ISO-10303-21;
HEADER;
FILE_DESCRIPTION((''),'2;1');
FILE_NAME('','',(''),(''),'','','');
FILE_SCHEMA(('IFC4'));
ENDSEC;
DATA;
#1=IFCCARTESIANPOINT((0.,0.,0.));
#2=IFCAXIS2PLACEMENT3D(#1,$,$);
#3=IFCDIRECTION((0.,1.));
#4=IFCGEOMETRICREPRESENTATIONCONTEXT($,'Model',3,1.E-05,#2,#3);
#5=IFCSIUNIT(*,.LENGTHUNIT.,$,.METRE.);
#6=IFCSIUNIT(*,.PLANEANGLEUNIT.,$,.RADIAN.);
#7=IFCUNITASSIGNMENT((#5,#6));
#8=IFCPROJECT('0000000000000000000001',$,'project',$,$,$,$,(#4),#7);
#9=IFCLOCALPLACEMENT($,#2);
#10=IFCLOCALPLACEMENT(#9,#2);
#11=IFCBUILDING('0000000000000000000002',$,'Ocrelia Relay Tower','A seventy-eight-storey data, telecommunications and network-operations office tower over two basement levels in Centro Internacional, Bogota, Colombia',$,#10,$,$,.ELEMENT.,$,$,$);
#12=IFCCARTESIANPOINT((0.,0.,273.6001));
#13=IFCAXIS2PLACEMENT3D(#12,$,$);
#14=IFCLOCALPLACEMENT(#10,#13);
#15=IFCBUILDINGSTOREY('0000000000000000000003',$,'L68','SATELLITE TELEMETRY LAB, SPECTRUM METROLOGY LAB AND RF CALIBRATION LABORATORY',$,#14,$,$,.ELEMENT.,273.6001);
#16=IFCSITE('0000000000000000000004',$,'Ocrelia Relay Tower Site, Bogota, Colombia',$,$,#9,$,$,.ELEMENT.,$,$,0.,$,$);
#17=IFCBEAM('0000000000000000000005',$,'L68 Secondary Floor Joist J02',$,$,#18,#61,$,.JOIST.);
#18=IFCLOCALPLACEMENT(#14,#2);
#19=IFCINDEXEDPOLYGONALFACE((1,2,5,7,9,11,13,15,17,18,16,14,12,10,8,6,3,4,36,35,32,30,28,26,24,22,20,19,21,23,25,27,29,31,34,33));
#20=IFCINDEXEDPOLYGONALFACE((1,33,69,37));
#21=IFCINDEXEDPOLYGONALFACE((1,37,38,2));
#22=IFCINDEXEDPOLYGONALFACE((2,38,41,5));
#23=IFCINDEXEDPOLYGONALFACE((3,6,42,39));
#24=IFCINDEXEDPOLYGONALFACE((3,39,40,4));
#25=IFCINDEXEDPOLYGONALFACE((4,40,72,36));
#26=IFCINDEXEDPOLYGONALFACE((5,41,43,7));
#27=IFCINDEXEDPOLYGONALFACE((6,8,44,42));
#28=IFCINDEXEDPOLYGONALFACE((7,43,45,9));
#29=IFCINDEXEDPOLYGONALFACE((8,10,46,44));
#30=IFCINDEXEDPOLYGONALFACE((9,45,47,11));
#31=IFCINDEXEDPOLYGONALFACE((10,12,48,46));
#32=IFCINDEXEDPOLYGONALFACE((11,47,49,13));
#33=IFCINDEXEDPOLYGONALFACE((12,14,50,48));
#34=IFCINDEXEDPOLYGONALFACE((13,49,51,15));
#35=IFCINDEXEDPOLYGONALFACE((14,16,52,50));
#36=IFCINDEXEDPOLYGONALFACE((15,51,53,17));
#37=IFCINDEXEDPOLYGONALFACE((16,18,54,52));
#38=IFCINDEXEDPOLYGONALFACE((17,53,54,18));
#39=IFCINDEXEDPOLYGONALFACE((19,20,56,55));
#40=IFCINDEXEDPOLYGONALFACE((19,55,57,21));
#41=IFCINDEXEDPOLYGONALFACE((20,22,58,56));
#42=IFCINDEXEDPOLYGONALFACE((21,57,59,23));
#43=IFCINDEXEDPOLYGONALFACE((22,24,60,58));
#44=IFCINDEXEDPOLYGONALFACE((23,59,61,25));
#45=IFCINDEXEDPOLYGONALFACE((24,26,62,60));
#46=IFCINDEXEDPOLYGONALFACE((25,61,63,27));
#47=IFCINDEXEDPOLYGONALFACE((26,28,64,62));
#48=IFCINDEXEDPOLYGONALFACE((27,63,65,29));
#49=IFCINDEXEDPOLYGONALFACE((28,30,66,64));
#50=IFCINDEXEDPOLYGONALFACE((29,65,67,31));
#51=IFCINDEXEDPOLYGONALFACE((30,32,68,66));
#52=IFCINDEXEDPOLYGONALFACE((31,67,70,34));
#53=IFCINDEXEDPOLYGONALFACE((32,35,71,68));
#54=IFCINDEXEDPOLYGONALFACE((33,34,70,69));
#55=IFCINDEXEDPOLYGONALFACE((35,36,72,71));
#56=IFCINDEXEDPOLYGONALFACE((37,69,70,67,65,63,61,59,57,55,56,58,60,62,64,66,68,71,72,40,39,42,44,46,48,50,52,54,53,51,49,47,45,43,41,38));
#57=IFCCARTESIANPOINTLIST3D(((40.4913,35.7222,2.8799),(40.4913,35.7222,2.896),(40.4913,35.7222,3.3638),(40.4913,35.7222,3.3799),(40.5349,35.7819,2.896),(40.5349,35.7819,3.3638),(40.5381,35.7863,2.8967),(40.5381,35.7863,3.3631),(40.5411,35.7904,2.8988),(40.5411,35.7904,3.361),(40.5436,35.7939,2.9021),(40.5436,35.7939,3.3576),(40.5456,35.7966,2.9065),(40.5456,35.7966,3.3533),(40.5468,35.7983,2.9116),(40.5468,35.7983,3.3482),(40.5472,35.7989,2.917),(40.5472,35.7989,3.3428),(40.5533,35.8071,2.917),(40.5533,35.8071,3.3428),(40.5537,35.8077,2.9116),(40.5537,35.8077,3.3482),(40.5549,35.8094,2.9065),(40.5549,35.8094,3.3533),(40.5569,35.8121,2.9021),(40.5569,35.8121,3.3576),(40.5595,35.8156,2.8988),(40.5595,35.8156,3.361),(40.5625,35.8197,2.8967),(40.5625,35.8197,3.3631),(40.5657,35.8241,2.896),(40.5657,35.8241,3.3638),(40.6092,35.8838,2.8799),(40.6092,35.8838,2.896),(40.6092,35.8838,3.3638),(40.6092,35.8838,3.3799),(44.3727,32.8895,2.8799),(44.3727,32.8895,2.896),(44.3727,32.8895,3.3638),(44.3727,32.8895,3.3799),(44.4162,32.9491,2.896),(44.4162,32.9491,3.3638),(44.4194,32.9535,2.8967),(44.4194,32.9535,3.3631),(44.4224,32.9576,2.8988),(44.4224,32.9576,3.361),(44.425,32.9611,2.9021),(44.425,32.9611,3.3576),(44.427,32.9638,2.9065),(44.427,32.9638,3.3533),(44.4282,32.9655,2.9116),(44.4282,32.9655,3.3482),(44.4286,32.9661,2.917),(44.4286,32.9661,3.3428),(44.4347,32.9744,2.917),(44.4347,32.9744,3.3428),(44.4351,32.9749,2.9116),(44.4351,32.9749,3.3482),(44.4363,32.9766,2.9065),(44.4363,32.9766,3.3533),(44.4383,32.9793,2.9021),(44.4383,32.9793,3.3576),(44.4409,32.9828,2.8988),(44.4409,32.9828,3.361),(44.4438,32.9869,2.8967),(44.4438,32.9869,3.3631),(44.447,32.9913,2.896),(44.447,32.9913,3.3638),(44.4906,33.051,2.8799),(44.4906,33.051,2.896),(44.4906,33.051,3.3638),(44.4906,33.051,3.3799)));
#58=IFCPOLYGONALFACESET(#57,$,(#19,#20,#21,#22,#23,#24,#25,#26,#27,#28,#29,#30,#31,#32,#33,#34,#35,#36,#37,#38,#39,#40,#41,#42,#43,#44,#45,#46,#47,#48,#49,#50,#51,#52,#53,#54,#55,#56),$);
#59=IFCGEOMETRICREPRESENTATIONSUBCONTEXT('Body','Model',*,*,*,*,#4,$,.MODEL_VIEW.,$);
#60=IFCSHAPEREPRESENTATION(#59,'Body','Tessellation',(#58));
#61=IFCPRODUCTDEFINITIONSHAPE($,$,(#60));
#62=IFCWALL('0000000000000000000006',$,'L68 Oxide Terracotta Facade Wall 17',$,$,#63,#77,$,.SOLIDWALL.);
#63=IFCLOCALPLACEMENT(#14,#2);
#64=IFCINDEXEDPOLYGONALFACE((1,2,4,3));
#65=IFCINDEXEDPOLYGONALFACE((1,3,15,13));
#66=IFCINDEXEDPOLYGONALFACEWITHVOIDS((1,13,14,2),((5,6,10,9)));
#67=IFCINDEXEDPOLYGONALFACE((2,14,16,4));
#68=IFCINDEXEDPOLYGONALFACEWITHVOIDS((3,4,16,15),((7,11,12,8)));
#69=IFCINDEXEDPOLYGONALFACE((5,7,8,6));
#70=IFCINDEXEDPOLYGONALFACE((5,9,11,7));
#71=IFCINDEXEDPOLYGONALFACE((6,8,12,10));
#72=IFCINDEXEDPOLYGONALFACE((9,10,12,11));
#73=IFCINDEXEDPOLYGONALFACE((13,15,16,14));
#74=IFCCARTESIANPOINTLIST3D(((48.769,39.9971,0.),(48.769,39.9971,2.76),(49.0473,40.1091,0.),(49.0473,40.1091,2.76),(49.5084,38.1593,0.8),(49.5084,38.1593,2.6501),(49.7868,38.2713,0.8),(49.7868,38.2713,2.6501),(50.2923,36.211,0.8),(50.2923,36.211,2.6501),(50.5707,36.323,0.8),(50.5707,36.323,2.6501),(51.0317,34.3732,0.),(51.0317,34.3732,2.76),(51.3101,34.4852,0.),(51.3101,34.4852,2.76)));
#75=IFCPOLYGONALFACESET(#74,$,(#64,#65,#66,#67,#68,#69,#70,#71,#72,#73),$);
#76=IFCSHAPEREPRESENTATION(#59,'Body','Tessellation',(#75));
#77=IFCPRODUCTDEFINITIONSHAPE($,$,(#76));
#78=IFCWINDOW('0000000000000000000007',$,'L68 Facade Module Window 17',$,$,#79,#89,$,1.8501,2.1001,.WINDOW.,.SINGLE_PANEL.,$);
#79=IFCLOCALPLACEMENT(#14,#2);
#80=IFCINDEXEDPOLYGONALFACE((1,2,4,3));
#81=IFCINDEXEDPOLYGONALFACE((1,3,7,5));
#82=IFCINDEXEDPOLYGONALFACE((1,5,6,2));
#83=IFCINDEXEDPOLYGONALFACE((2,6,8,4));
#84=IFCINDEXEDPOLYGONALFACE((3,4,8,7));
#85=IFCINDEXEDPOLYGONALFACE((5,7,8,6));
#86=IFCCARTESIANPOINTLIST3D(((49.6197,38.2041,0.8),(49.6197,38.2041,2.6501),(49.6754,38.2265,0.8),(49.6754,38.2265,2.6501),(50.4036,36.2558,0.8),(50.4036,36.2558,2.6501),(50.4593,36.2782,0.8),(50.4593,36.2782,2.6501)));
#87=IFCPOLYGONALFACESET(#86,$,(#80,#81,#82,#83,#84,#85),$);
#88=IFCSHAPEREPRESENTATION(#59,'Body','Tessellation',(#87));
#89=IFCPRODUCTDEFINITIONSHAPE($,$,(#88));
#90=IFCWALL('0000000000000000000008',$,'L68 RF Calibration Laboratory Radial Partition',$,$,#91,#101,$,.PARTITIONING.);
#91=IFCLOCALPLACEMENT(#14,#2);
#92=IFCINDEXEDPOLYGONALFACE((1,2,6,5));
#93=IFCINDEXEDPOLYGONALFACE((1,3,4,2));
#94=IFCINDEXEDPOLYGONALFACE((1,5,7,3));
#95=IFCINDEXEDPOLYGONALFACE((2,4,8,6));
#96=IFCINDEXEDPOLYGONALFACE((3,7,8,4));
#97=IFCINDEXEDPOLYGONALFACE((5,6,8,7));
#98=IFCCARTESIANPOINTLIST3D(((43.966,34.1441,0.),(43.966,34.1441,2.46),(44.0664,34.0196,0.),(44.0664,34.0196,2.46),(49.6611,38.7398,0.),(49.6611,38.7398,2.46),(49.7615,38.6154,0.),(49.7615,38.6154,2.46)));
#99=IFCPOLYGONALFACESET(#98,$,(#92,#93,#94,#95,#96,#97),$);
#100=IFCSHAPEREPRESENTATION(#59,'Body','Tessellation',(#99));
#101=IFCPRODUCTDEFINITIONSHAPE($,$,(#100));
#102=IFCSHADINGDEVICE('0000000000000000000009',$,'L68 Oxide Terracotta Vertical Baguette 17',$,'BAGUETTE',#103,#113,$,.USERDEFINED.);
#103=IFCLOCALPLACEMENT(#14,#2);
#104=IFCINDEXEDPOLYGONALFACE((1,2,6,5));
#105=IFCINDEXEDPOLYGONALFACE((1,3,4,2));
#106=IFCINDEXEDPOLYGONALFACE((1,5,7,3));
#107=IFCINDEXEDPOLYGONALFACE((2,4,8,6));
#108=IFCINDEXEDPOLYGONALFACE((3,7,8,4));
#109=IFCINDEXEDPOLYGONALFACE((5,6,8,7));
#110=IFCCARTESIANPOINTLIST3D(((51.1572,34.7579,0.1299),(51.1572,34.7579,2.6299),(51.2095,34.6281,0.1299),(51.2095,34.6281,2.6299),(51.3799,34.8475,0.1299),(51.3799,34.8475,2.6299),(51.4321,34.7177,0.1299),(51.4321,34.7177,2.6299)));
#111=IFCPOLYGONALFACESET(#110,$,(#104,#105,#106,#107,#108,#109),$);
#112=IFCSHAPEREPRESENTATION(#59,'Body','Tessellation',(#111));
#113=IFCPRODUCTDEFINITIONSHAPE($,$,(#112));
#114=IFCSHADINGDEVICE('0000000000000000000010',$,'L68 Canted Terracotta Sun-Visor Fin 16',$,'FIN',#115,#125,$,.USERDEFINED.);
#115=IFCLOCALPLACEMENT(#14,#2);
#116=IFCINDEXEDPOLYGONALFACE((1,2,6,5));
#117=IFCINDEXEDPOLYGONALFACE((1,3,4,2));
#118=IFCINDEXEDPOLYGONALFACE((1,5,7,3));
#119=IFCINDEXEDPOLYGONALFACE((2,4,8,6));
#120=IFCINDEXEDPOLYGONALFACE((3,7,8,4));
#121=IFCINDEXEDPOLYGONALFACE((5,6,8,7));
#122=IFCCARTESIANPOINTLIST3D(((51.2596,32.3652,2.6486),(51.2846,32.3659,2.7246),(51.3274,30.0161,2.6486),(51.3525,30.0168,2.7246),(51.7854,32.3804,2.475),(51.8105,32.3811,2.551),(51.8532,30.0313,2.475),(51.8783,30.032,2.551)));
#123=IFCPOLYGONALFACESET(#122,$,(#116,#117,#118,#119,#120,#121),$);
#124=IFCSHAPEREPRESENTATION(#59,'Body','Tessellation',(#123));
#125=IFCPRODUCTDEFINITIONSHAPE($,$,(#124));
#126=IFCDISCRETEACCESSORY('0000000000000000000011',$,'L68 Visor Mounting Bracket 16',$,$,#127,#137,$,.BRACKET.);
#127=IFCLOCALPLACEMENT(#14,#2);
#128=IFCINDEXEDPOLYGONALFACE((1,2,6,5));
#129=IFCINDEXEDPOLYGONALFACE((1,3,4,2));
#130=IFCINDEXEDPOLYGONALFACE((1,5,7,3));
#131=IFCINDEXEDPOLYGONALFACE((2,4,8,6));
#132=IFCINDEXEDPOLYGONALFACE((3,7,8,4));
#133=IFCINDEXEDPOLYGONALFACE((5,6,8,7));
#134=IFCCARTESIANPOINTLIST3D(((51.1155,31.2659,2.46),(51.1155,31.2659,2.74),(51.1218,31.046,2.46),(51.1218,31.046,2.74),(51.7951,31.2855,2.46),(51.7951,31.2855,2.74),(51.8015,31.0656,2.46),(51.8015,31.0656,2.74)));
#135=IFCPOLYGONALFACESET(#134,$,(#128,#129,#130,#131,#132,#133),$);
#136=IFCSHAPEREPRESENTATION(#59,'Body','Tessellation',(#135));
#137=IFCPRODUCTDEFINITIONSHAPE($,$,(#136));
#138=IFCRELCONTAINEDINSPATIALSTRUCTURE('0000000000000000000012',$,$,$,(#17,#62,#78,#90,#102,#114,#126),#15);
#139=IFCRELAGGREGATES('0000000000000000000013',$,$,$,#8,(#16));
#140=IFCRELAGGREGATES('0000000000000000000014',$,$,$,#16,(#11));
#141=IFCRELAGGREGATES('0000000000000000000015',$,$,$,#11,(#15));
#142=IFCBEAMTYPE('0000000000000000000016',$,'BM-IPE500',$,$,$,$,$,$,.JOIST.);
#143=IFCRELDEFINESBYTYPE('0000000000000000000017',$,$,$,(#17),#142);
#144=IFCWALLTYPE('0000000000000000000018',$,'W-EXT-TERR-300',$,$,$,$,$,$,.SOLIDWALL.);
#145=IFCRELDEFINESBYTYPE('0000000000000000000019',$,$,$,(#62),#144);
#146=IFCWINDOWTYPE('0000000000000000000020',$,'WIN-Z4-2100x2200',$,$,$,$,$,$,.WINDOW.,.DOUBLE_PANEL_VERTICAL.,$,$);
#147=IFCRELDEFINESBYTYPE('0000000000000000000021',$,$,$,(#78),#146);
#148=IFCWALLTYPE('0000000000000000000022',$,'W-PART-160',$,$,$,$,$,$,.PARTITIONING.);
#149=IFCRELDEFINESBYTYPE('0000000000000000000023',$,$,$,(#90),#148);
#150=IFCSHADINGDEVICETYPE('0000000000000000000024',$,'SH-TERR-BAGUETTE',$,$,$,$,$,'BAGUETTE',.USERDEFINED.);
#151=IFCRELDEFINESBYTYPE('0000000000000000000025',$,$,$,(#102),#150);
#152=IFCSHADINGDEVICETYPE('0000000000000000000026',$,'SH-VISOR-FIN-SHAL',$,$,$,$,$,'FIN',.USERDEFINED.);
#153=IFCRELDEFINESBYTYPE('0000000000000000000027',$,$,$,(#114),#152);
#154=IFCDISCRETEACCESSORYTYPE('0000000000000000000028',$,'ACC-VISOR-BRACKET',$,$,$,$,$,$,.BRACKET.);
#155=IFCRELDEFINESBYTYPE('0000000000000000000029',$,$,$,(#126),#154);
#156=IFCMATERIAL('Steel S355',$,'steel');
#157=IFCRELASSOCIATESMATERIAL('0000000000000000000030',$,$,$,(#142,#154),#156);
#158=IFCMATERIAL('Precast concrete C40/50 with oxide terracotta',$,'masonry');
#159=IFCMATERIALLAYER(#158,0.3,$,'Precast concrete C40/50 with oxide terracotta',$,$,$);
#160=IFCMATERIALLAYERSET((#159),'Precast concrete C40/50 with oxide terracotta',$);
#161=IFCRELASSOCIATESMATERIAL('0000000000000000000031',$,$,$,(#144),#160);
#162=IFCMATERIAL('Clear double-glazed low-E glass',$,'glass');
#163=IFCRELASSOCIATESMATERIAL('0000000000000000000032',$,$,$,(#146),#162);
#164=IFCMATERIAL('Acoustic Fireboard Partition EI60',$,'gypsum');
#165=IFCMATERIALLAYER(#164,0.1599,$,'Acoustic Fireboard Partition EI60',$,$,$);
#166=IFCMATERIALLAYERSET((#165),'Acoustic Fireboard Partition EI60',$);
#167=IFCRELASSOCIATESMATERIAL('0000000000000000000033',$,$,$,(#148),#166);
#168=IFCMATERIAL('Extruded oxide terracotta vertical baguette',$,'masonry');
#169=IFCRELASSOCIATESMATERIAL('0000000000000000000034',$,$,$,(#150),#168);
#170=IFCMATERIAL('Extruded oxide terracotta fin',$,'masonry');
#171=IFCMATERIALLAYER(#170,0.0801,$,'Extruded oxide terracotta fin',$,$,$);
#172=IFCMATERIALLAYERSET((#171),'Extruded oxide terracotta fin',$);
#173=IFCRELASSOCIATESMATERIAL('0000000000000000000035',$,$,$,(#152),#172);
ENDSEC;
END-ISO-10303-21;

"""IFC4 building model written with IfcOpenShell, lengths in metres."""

from ifc_helpers import new_model, si_unit, direction, frame, frame_2d, origin, origin_2d, place, context, subcontext, project, spatial, rectangle, i_section, extrude, material, layer, layer_set, material_profile, profile_set, type_object, element, fill, save


model = new_model("IFC4")

# Units and contexts
model_context = context("Model", 3, precision=1e-05, world=origin(), true_north=direction((0.0, 1.0)))
body_context = subcontext(model_context, "Body", "Model", "MODEL_VIEW")
ifc_project = project(units=[si_unit("LENGTHUNIT", "METRE"), si_unit("PLANEANGLEUNIT", "RADIAN")], contexts=[model_context])

# Site, building, storey
site_placement = place(None, origin())
site = spatial("IfcSite", under=ifc_project, at=site_placement, Name="Ocrelia Relay Tower Site, Bogota, Colombia", CompositionType="ELEMENT", RefElevation=0.0)
building_placement = place(site_placement, origin())
building = spatial("IfcBuilding", under=site, at=building_placement, Name="Ocrelia Relay Tower", Description="A seventy-eight-storey data, telecommunications and network-operations office tower over two basement levels in Centro Internacional, Bogota, Colombia", CompositionType="ELEMENT")
storey_placement = place(building_placement, frame((0.0, 0.0, 273.6001)))
storey = spatial("IfcBuildingStorey", under=building, at=storey_placement, Name="L68", Description="SATELLITE TELEMETRY LAB, SPECTRUM METROLOGY LAB AND RF CALIBRATION LABORATORY", CompositionType="ELEMENT", Elevation=273.6001)

# Beam
ifc_material_1 = material(Name="Steel S355", Category="steel")
ifc_material_profile_1 = material_profile(ifc_material_1, i_section(OverallWidth=0.2, OverallDepth=0.5, WebThickness=0.0103, FlangeThickness=0.0161, FilletRadius=0.021, at=origin_2d()), Name="IPE 500")
ifc_profile_set_1 = profile_set([ifc_material_profile_1], Name="Steel S355")
beam_type_1 = type_object("IfcBeamType", Name="BM-IPE500", PredefinedType="JOIST", material=ifc_profile_set_1)
beam_1_placement = place(storey_placement, frame((44.4316, 32.9702, 3.1299), z_axis=(-0.807748, 0.589527, 0.0), x_axis=(-0.589527, -0.807748, 0.0)))
element("IfcBeam", 1, at=beam_1_placement, inside=storey, type_object=beam_type_1, Name="L68 Secondary Floor Joist J02", PredefinedType="JOIST", context=body_context, shape_type="SweptSolid", body=[
    extrude(i_section(OverallWidth=0.2, OverallDepth=0.5, WebThickness=0.0103, FlangeThickness=0.0161, FilletRadius=0.021, at=origin_2d()), origin(), (0.0, 0.0, 1.0), 4.8052),
])

# Wall, opening, window
ifc_material_2 = material(Name="Precast concrete C40/50 with oxide terracotta", Category="masonry")
ifc_layer_1 = layer(ifc_material_2, 0.3, Name="Precast concrete C40/50 with oxide terracotta")
ifc_layer_set_1 = layer_set([ifc_layer_1], Name="Precast concrete C40/50 with oxide terracotta")
wall_type_1 = type_object("IfcWallType", Name="W-EXT-TERR-300", PredefinedType="SOLIDWALL", material=ifc_layer_set_1)
wall_1_placement = place(storey_placement, frame((51.1709, 34.4292, 0.0), z_axis=(0.0, 0.0, 1.0), x_axis=(-0.373265, 0.927725, 0.0)))
wall_1 = element("IfcWall", 2, at=wall_1_placement, inside=storey, type_object=wall_type_1, Name="L68 Oxide Terracotta Facade Wall 17", PredefinedType="SOLIDWALL", context=body_context, shape_type="SweptSolid", body=[
    extrude(rectangle(XDim=6.062, YDim=0.3, at=frame_2d((3.031, 0.0))), origin(), (0.0, 0.0, 1.0), 2.76),
])
opening_1_placement = place(wall_1_placement, frame((1.981, 0.0, 0.8)))
opening_1 = element("IfcOpeningElement", 3, at=opening_1_placement, cuts=wall_1, PredefinedType="OPENING", context=body_context, shape_type="SweptSolid", body=[
    extrude(rectangle(XDim=2.1001, YDim=1.8501, at=frame_2d((1.05, 0.925))), frame((0.0, 0.1602, 0.0), z_axis=(0.0, -1.0, 0.0), x_axis=(1.0, 0.0, 0.0)), (0.0, 0.0, 1.0), 0.3201),
])
ifc_material_3 = material(Name="Clear double-glazed low-E glass", Category="glass")
window_type = type_object("IfcWindowType", Name="WIN-Z4-2100x2200", PartitioningType="DOUBLE_PANEL_VERTICAL", PredefinedType="WINDOW", material=ifc_material_3)
window_placement = place(opening_1_placement, origin())
window = element("IfcWindow", 4, at=window_placement, inside=storey, type_object=window_type, Name="L68 Facade Module Window 17", OverallHeight=1.8501, OverallWidth=2.1001, PartitioningType="SINGLE_PANEL", PredefinedType="WINDOW", context=body_context, shape_type="SweptSolid", body=[
    extrude(rectangle(XDim=2.1001, YDim=1.8501, at=frame_2d((1.05, 0.925))), frame((0.0, 0.03, 0.0), z_axis=(0.0, -1.0, 0.0), x_axis=(1.0, 0.0, 0.0)), (0.0, 0.0, 1.0), 0.0601),
])
fill(opening_1, window)

# Wall
ifc_material_4 = material(Name="Acoustic Fireboard Partition EI60", Category="gypsum")
ifc_layer_2 = layer(ifc_material_4, 0.1599, Name="Acoustic Fireboard Partition EI60")
ifc_layer_set_2 = layer_set([ifc_layer_2], Name="Acoustic Fireboard Partition EI60")
wall_type_2 = type_object("IfcWallType", Name="W-PART-160", PredefinedType="PARTITIONING", material=ifc_layer_set_2)
wall_2_placement = place(storey_placement, frame((44.0161, 34.0818, 0.0), z_axis=(0.0, 0.0, 1.0), x_axis=(0.778219, 0.627993, 0.0)))
element("IfcWall", 5, at=wall_2_placement, inside=storey, type_object=wall_type_2, Name="L68 RF Calibration Laboratory Radial Partition", PredefinedType="PARTITIONING", context=body_context, shape_type="SweptSolid", body=[
    extrude(rectangle(XDim=7.3181, YDim=0.1599, at=frame_2d((3.6592, 0.0))), origin(), (0.0, 0.0, 1.0), 2.46),
])

# Shading devices
ifc_material_5 = material(Name="Extruded oxide terracotta vertical baguette", Category="masonry")
shading_device_type_1 = type_object("IfcShadingDeviceType", Name="SH-TERR-BAGUETTE", ElementType="BAGUETTE", PredefinedType="USERDEFINED", material=ifc_material_5)
shading_device_1_placement = place(storey_placement, frame((51.2947, 34.7378, 0.1299), z_axis=(0.0, 0.0, 1.0), x_axis=(-0.37327, 0.927723, 0.0)))
element("IfcShadingDevice", 6, at=shading_device_1_placement, inside=storey, type_object=shading_device_type_1, Name="L68 Oxide Terracotta Vertical Baguette 17", ObjectType="BAGUETTE", PredefinedType="USERDEFINED", context=body_context, shape_type="SweptSolid", body=[
    extrude(rectangle(XDim=0.1399, YDim=0.24, at=origin_2d()), origin(), (0.0, 0.0, 1.0), 2.5),
])
ifc_material_6 = material(Name="Extruded oxide terracotta fin", Category="masonry")
ifc_layer_3 = layer(ifc_material_6, 0.0801, Name="Extruded oxide terracotta fin")
ifc_layer_set_3 = layer_set([ifc_layer_3], Name="Extruded oxide terracotta fin")
shading_device_type_2 = type_object("IfcShadingDeviceType", Name="SH-VISOR-FIN-SHAL", ElementType="FIN", PredefinedType="USERDEFINED", material=ifc_layer_set_3)
shading_device_2_placement = place(storey_placement, frame((51.5564, 31.1982, 2.5618), z_axis=(0.313199, 0.009042, 0.949644), x_axis=(-0.028857, 0.999584, 0.0)))
element("IfcShadingDevice", 7, at=shading_device_2_placement, inside=storey, type_object=shading_device_type_2, Name="L68 Canted Terracotta Sun-Visor Fin 16", ObjectType="FIN", PredefinedType="USERDEFINED", context=body_context, shape_type="SweptSolid", body=[
    extrude(rectangle(XDim=2.3501, YDim=0.554, at=origin_2d()), origin(), (0.0, 0.0, 1.0), 0.0801),
])

# Discrete accessory
discrete_accessory_type = type_object("IfcDiscreteAccessoryType", Name="ACC-VISOR-BRACKET", PredefinedType="BRACKET", material=ifc_material_1)
discrete_accessory_placement = place(storey_placement, frame((51.4585, 31.1658, 2.46), z_axis=(0.0, 0.0, 1.0), x_axis=(-0.028857, 0.999584, 0.0)))
element("IfcDiscreteAccessory", 8, at=discrete_accessory_placement, inside=storey, type_object=discrete_accessory_type, Name="L68 Visor Mounting Bracket 16", PredefinedType="BRACKET", context=body_context, shape_type="SweptSolid", body=[
    extrude(rectangle(XDim=0.22, YDim=0.6799, at=origin_2d()), origin(), (0.0, 0.0, 1.0), 0.28),
])

save(model, "model.ifc")
